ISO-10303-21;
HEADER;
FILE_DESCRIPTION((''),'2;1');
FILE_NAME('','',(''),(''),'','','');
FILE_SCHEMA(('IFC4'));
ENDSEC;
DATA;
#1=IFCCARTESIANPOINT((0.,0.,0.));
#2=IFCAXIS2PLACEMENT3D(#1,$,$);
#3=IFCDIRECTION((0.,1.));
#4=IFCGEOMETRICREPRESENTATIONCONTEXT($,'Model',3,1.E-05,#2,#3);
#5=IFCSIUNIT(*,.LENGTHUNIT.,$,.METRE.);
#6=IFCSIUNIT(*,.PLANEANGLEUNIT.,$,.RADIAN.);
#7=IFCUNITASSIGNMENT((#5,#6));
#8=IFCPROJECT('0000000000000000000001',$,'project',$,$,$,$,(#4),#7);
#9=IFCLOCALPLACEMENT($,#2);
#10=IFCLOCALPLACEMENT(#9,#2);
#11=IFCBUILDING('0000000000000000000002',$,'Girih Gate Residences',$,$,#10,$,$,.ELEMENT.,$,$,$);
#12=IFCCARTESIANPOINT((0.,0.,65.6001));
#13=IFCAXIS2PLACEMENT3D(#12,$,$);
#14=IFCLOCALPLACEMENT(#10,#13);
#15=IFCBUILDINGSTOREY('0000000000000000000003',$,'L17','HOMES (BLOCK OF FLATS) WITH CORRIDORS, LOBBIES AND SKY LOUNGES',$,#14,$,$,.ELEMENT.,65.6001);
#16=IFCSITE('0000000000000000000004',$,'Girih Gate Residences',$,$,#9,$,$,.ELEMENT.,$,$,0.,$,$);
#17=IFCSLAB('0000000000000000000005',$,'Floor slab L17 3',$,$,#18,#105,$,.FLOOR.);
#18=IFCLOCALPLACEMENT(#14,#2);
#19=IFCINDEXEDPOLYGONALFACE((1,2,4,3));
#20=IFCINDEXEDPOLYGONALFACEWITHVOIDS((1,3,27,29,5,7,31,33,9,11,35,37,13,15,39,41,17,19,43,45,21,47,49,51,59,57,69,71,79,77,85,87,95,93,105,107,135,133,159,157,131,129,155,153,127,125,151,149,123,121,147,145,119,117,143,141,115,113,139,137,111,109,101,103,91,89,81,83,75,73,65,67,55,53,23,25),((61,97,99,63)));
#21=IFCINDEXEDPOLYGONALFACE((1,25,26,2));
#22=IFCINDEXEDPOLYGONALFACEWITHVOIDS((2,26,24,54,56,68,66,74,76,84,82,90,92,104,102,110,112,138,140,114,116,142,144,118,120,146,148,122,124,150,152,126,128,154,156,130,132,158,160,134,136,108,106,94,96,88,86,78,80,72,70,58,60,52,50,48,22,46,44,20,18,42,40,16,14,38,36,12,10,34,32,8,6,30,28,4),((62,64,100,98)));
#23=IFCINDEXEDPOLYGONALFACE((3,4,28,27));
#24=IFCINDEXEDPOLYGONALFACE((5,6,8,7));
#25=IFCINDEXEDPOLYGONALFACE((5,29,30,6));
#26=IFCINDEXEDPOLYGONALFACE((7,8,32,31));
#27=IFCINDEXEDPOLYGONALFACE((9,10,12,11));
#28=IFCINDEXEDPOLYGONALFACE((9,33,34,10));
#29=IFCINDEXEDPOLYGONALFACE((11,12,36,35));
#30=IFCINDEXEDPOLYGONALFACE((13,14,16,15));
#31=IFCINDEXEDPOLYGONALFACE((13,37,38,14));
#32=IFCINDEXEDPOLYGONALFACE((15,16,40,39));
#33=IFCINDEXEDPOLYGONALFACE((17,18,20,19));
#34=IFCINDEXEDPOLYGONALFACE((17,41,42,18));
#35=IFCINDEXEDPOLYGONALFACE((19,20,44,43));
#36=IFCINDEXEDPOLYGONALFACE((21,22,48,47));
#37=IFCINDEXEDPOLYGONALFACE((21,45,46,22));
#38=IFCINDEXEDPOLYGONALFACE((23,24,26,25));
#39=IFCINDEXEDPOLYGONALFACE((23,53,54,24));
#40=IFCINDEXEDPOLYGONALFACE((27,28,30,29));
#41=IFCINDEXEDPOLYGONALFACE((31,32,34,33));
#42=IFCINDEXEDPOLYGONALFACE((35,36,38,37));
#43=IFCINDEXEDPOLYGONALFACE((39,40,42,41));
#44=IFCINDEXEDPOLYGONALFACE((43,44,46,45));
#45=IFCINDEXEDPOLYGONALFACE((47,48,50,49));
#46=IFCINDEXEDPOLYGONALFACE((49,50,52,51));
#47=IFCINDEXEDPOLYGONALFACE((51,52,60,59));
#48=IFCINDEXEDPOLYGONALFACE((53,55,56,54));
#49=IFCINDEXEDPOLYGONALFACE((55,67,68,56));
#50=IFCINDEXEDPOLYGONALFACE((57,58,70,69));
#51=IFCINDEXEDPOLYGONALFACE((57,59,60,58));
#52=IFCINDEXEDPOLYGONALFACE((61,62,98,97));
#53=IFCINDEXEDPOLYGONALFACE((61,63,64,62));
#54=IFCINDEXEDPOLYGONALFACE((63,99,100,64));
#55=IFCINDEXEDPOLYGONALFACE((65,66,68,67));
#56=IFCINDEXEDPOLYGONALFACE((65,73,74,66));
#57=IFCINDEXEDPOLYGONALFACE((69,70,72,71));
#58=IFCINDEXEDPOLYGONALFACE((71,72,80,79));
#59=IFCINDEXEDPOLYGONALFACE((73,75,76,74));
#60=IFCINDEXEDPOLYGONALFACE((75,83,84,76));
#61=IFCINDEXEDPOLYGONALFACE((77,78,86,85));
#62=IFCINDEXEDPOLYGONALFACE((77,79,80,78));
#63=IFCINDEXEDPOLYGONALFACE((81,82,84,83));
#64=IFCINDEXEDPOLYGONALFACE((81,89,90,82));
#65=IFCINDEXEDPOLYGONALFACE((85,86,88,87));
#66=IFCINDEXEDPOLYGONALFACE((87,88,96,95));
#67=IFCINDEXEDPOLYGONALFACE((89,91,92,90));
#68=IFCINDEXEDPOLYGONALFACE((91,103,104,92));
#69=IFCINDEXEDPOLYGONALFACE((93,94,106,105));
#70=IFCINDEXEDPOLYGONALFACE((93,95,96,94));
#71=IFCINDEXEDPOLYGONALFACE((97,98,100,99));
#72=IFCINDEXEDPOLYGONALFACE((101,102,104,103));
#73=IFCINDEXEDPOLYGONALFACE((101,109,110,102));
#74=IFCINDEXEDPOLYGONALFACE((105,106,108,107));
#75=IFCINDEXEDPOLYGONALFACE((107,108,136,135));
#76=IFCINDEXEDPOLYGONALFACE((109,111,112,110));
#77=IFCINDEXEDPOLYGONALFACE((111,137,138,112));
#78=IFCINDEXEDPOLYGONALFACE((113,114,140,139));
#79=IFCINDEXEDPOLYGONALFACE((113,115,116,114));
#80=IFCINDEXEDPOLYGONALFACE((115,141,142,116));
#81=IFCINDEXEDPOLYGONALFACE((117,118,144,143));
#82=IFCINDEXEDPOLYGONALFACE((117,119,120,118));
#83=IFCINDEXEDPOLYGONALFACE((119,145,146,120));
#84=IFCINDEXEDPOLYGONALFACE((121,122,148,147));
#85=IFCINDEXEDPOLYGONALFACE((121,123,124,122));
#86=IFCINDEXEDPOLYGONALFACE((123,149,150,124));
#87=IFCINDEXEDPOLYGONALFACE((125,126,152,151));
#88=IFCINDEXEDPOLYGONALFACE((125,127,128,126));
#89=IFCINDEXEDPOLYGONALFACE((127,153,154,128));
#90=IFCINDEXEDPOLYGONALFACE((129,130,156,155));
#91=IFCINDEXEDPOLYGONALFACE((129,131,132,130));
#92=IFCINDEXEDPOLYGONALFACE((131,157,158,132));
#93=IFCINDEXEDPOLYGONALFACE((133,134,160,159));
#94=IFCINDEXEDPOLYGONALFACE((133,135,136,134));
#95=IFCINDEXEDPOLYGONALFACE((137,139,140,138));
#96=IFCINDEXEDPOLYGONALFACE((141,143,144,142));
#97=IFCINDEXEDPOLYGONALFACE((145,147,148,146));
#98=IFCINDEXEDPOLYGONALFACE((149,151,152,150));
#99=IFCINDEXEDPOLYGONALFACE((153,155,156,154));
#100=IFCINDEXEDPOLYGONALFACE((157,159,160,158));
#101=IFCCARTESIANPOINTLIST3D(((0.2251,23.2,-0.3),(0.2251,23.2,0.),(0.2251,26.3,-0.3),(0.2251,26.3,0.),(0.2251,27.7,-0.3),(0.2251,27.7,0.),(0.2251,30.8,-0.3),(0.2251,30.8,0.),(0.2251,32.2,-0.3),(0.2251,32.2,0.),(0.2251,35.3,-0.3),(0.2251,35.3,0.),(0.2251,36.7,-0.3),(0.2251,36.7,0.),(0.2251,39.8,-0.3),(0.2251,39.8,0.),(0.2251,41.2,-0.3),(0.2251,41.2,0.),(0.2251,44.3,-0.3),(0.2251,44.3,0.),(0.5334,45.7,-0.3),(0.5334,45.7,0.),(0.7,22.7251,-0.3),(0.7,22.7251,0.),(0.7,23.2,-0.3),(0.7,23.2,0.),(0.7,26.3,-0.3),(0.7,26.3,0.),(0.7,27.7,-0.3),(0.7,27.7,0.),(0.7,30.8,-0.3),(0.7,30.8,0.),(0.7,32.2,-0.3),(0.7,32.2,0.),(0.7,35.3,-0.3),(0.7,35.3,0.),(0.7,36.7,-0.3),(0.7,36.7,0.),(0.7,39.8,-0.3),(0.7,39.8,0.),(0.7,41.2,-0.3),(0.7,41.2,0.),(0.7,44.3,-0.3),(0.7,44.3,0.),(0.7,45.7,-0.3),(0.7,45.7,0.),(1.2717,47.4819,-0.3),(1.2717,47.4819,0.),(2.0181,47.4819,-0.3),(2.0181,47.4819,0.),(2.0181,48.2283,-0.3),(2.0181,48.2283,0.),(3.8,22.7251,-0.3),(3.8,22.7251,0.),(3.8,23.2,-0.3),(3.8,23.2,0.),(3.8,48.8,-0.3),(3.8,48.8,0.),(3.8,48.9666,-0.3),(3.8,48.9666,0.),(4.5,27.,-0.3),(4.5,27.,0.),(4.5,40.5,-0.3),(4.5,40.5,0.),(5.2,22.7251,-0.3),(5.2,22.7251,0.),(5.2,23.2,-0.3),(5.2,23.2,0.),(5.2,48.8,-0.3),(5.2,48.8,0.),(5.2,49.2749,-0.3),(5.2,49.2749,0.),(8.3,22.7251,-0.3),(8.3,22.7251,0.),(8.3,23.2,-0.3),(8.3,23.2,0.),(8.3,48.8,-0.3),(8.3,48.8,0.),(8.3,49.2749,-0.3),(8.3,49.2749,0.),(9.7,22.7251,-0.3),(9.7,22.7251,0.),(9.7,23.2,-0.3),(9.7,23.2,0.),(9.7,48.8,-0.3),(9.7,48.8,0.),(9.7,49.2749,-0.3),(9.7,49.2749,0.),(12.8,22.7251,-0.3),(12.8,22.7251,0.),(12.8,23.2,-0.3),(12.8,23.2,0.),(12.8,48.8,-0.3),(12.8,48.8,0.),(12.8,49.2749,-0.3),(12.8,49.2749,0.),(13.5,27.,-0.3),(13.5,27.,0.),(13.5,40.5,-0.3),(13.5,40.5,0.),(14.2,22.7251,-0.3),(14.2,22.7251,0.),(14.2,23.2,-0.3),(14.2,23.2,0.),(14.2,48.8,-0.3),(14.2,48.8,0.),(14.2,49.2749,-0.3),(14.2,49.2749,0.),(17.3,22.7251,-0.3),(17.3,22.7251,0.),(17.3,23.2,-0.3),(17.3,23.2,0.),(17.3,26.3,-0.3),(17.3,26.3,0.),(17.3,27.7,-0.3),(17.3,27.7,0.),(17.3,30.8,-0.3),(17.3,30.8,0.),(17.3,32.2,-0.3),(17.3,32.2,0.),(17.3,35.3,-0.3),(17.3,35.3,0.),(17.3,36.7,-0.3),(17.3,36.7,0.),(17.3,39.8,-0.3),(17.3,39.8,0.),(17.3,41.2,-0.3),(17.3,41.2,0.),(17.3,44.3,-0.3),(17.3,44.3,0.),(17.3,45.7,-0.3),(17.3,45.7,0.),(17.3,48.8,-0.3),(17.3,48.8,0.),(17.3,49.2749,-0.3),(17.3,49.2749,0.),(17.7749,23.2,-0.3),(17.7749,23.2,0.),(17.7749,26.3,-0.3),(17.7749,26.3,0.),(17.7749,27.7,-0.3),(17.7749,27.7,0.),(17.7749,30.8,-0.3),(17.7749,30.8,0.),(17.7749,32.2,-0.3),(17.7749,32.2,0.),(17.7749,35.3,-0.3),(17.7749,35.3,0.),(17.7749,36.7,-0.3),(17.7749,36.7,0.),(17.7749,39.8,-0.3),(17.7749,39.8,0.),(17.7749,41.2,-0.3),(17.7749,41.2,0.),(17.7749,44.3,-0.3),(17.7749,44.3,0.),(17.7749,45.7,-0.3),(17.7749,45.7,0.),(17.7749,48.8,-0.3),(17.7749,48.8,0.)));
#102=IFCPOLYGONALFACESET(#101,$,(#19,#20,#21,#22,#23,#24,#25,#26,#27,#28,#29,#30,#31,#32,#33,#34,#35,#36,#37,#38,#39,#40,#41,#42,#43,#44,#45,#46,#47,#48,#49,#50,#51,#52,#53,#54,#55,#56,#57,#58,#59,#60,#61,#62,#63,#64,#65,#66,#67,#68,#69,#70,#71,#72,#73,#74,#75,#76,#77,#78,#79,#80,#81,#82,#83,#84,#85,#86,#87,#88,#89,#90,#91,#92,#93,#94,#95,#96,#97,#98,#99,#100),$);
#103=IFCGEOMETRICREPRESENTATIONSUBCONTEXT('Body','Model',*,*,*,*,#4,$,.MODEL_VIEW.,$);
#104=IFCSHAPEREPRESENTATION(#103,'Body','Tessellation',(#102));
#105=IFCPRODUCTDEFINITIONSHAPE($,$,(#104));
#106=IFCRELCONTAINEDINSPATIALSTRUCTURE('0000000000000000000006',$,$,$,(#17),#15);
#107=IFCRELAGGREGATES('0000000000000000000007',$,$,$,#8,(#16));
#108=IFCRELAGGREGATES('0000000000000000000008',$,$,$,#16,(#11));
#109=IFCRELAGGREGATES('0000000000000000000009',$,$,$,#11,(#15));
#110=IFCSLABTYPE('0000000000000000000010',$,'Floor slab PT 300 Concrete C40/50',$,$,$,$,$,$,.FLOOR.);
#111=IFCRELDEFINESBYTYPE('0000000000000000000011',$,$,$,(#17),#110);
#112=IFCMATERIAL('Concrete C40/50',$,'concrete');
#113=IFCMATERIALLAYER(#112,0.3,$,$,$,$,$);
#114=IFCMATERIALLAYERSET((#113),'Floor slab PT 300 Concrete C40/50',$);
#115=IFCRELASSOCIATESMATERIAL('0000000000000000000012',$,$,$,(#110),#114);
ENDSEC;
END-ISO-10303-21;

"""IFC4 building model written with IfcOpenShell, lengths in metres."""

from ifc_helpers import new_model, si_unit, direction, frame, origin, place, context, subcontext, project, spatial, polyline, outline, extrude, material, layer, layer_set, type_object, element, save


model = new_model("IFC4")

# Units and contexts
model_context = context("Model", 3, precision=1e-05, world=origin(), true_north=direction((0.0, 1.0)))
body_context = subcontext(model_context, "Body", "Model", "MODEL_VIEW")
ifc_project = project(units=[si_unit("LENGTHUNIT", "METRE"), si_unit("PLANEANGLEUNIT", "RADIAN")], contexts=[model_context])

# Site, building, storey
site_placement = place(None, origin())
site = spatial("IfcSite", under=ifc_project, at=site_placement, Name="Girih Gate Residences", CompositionType="ELEMENT", RefElevation=0.0)
building_placement = place(site_placement, origin())
building = spatial("IfcBuilding", under=site, at=building_placement, Name="Girih Gate Residences", CompositionType="ELEMENT")
storey_placement = place(building_placement, frame((0.0, 0.0, 65.6001)))
storey = spatial("IfcBuildingStorey", under=building, at=storey_placement, Name="L17", Description="HOMES (BLOCK OF FLATS) WITH CORRIDORS, LOBBIES AND SKY LOUNGES", CompositionType="ELEMENT", Elevation=65.6001)

# Slab
ifc_material_1 = material(Name="Concrete C40/50", Category="concrete")
ifc_layer_1 = layer(ifc_material_1, 0.3)
ifc_layer_set_1 = layer_set([ifc_layer_1], Name="Floor slab PT 300 Concrete C40/50")
slab_type_1 = type_object("IfcSlabType", Name="Floor slab PT 300 Concrete C40/50", PredefinedType="FLOOR", material=ifc_layer_set_1)
slab_1_placement = place(storey_placement, frame((0.0, 0.0, -0.3)))
element("IfcSlab", 1, at=slab_1_placement, inside=storey, type_object=slab_type_1, Name="Floor slab L17 3", PredefinedType="FLOOR", context=body_context, shape_type="SweptSolid", body=[
    extrude(outline(polyline([(0.2251, 26.3), (0.2251, 23.2), (0.7, 23.2), (0.7, 22.7251), (3.8, 22.7251), (3.8, 23.2), (5.2, 23.2), (5.2, 22.7251), (8.3, 22.7251), (8.3, 23.2), (9.7, 23.2), (9.7, 22.7251), (12.8, 22.7251), (12.8, 23.2), (14.2, 23.2), (14.2, 22.7251), (17.3, 22.7251), (17.3, 23.2), (17.7749, 23.2), (17.7749, 26.3), (17.3, 26.3), (17.3, 27.7), (17.7749, 27.7), (17.7749, 30.8), (17.3, 30.8), (17.3, 32.2), (17.7749, 32.2), (17.7749, 35.3), (17.3, 35.3), (17.3, 36.7), (17.7749, 36.7), (17.7749, 39.8), (17.3, 39.8), (17.3, 41.2), (17.7749, 41.2), (17.7749, 44.3), (17.3, 44.3), (17.3, 45.7), (17.7749, 45.7), (17.7749, 48.8), (17.3, 48.8), (17.3, 49.2749), (14.2, 49.2749), (14.2, 48.8), (12.8, 48.8), (12.8, 49.2749), (9.7, 49.2749), (9.7, 48.8), (8.3, 48.8), (8.3, 49.2749), (5.2, 49.2749), (5.2, 48.8), (3.8, 48.8), (3.8, 48.9666), (2.0181, 48.2283), (2.0181, 47.4819), (1.2717, 47.4819), (0.5334, 45.7), (0.7, 45.7), (0.7, 44.3), (0.2251, 44.3), (0.2251, 41.2), (0.7, 41.2), (0.7, 39.8), (0.2251, 39.8), (0.2251, 36.7), (0.7, 36.7), (0.7, 35.3), (0.2251, 35.3), (0.2251, 32.2), (0.7, 32.2), (0.7, 30.8), (0.2251, 30.8), (0.2251, 27.7), (0.7, 27.7), (0.7, 26.3), (0.2251, 26.3)]), holes=[polyline([(13.5, 40.5), (13.5, 27.0), (4.5, 27.0), (4.5, 40.5), (13.5, 40.5)])]), origin(), (0.0, 0.0, 1.0), 0.3),
])

save(model, "model.ifc")
